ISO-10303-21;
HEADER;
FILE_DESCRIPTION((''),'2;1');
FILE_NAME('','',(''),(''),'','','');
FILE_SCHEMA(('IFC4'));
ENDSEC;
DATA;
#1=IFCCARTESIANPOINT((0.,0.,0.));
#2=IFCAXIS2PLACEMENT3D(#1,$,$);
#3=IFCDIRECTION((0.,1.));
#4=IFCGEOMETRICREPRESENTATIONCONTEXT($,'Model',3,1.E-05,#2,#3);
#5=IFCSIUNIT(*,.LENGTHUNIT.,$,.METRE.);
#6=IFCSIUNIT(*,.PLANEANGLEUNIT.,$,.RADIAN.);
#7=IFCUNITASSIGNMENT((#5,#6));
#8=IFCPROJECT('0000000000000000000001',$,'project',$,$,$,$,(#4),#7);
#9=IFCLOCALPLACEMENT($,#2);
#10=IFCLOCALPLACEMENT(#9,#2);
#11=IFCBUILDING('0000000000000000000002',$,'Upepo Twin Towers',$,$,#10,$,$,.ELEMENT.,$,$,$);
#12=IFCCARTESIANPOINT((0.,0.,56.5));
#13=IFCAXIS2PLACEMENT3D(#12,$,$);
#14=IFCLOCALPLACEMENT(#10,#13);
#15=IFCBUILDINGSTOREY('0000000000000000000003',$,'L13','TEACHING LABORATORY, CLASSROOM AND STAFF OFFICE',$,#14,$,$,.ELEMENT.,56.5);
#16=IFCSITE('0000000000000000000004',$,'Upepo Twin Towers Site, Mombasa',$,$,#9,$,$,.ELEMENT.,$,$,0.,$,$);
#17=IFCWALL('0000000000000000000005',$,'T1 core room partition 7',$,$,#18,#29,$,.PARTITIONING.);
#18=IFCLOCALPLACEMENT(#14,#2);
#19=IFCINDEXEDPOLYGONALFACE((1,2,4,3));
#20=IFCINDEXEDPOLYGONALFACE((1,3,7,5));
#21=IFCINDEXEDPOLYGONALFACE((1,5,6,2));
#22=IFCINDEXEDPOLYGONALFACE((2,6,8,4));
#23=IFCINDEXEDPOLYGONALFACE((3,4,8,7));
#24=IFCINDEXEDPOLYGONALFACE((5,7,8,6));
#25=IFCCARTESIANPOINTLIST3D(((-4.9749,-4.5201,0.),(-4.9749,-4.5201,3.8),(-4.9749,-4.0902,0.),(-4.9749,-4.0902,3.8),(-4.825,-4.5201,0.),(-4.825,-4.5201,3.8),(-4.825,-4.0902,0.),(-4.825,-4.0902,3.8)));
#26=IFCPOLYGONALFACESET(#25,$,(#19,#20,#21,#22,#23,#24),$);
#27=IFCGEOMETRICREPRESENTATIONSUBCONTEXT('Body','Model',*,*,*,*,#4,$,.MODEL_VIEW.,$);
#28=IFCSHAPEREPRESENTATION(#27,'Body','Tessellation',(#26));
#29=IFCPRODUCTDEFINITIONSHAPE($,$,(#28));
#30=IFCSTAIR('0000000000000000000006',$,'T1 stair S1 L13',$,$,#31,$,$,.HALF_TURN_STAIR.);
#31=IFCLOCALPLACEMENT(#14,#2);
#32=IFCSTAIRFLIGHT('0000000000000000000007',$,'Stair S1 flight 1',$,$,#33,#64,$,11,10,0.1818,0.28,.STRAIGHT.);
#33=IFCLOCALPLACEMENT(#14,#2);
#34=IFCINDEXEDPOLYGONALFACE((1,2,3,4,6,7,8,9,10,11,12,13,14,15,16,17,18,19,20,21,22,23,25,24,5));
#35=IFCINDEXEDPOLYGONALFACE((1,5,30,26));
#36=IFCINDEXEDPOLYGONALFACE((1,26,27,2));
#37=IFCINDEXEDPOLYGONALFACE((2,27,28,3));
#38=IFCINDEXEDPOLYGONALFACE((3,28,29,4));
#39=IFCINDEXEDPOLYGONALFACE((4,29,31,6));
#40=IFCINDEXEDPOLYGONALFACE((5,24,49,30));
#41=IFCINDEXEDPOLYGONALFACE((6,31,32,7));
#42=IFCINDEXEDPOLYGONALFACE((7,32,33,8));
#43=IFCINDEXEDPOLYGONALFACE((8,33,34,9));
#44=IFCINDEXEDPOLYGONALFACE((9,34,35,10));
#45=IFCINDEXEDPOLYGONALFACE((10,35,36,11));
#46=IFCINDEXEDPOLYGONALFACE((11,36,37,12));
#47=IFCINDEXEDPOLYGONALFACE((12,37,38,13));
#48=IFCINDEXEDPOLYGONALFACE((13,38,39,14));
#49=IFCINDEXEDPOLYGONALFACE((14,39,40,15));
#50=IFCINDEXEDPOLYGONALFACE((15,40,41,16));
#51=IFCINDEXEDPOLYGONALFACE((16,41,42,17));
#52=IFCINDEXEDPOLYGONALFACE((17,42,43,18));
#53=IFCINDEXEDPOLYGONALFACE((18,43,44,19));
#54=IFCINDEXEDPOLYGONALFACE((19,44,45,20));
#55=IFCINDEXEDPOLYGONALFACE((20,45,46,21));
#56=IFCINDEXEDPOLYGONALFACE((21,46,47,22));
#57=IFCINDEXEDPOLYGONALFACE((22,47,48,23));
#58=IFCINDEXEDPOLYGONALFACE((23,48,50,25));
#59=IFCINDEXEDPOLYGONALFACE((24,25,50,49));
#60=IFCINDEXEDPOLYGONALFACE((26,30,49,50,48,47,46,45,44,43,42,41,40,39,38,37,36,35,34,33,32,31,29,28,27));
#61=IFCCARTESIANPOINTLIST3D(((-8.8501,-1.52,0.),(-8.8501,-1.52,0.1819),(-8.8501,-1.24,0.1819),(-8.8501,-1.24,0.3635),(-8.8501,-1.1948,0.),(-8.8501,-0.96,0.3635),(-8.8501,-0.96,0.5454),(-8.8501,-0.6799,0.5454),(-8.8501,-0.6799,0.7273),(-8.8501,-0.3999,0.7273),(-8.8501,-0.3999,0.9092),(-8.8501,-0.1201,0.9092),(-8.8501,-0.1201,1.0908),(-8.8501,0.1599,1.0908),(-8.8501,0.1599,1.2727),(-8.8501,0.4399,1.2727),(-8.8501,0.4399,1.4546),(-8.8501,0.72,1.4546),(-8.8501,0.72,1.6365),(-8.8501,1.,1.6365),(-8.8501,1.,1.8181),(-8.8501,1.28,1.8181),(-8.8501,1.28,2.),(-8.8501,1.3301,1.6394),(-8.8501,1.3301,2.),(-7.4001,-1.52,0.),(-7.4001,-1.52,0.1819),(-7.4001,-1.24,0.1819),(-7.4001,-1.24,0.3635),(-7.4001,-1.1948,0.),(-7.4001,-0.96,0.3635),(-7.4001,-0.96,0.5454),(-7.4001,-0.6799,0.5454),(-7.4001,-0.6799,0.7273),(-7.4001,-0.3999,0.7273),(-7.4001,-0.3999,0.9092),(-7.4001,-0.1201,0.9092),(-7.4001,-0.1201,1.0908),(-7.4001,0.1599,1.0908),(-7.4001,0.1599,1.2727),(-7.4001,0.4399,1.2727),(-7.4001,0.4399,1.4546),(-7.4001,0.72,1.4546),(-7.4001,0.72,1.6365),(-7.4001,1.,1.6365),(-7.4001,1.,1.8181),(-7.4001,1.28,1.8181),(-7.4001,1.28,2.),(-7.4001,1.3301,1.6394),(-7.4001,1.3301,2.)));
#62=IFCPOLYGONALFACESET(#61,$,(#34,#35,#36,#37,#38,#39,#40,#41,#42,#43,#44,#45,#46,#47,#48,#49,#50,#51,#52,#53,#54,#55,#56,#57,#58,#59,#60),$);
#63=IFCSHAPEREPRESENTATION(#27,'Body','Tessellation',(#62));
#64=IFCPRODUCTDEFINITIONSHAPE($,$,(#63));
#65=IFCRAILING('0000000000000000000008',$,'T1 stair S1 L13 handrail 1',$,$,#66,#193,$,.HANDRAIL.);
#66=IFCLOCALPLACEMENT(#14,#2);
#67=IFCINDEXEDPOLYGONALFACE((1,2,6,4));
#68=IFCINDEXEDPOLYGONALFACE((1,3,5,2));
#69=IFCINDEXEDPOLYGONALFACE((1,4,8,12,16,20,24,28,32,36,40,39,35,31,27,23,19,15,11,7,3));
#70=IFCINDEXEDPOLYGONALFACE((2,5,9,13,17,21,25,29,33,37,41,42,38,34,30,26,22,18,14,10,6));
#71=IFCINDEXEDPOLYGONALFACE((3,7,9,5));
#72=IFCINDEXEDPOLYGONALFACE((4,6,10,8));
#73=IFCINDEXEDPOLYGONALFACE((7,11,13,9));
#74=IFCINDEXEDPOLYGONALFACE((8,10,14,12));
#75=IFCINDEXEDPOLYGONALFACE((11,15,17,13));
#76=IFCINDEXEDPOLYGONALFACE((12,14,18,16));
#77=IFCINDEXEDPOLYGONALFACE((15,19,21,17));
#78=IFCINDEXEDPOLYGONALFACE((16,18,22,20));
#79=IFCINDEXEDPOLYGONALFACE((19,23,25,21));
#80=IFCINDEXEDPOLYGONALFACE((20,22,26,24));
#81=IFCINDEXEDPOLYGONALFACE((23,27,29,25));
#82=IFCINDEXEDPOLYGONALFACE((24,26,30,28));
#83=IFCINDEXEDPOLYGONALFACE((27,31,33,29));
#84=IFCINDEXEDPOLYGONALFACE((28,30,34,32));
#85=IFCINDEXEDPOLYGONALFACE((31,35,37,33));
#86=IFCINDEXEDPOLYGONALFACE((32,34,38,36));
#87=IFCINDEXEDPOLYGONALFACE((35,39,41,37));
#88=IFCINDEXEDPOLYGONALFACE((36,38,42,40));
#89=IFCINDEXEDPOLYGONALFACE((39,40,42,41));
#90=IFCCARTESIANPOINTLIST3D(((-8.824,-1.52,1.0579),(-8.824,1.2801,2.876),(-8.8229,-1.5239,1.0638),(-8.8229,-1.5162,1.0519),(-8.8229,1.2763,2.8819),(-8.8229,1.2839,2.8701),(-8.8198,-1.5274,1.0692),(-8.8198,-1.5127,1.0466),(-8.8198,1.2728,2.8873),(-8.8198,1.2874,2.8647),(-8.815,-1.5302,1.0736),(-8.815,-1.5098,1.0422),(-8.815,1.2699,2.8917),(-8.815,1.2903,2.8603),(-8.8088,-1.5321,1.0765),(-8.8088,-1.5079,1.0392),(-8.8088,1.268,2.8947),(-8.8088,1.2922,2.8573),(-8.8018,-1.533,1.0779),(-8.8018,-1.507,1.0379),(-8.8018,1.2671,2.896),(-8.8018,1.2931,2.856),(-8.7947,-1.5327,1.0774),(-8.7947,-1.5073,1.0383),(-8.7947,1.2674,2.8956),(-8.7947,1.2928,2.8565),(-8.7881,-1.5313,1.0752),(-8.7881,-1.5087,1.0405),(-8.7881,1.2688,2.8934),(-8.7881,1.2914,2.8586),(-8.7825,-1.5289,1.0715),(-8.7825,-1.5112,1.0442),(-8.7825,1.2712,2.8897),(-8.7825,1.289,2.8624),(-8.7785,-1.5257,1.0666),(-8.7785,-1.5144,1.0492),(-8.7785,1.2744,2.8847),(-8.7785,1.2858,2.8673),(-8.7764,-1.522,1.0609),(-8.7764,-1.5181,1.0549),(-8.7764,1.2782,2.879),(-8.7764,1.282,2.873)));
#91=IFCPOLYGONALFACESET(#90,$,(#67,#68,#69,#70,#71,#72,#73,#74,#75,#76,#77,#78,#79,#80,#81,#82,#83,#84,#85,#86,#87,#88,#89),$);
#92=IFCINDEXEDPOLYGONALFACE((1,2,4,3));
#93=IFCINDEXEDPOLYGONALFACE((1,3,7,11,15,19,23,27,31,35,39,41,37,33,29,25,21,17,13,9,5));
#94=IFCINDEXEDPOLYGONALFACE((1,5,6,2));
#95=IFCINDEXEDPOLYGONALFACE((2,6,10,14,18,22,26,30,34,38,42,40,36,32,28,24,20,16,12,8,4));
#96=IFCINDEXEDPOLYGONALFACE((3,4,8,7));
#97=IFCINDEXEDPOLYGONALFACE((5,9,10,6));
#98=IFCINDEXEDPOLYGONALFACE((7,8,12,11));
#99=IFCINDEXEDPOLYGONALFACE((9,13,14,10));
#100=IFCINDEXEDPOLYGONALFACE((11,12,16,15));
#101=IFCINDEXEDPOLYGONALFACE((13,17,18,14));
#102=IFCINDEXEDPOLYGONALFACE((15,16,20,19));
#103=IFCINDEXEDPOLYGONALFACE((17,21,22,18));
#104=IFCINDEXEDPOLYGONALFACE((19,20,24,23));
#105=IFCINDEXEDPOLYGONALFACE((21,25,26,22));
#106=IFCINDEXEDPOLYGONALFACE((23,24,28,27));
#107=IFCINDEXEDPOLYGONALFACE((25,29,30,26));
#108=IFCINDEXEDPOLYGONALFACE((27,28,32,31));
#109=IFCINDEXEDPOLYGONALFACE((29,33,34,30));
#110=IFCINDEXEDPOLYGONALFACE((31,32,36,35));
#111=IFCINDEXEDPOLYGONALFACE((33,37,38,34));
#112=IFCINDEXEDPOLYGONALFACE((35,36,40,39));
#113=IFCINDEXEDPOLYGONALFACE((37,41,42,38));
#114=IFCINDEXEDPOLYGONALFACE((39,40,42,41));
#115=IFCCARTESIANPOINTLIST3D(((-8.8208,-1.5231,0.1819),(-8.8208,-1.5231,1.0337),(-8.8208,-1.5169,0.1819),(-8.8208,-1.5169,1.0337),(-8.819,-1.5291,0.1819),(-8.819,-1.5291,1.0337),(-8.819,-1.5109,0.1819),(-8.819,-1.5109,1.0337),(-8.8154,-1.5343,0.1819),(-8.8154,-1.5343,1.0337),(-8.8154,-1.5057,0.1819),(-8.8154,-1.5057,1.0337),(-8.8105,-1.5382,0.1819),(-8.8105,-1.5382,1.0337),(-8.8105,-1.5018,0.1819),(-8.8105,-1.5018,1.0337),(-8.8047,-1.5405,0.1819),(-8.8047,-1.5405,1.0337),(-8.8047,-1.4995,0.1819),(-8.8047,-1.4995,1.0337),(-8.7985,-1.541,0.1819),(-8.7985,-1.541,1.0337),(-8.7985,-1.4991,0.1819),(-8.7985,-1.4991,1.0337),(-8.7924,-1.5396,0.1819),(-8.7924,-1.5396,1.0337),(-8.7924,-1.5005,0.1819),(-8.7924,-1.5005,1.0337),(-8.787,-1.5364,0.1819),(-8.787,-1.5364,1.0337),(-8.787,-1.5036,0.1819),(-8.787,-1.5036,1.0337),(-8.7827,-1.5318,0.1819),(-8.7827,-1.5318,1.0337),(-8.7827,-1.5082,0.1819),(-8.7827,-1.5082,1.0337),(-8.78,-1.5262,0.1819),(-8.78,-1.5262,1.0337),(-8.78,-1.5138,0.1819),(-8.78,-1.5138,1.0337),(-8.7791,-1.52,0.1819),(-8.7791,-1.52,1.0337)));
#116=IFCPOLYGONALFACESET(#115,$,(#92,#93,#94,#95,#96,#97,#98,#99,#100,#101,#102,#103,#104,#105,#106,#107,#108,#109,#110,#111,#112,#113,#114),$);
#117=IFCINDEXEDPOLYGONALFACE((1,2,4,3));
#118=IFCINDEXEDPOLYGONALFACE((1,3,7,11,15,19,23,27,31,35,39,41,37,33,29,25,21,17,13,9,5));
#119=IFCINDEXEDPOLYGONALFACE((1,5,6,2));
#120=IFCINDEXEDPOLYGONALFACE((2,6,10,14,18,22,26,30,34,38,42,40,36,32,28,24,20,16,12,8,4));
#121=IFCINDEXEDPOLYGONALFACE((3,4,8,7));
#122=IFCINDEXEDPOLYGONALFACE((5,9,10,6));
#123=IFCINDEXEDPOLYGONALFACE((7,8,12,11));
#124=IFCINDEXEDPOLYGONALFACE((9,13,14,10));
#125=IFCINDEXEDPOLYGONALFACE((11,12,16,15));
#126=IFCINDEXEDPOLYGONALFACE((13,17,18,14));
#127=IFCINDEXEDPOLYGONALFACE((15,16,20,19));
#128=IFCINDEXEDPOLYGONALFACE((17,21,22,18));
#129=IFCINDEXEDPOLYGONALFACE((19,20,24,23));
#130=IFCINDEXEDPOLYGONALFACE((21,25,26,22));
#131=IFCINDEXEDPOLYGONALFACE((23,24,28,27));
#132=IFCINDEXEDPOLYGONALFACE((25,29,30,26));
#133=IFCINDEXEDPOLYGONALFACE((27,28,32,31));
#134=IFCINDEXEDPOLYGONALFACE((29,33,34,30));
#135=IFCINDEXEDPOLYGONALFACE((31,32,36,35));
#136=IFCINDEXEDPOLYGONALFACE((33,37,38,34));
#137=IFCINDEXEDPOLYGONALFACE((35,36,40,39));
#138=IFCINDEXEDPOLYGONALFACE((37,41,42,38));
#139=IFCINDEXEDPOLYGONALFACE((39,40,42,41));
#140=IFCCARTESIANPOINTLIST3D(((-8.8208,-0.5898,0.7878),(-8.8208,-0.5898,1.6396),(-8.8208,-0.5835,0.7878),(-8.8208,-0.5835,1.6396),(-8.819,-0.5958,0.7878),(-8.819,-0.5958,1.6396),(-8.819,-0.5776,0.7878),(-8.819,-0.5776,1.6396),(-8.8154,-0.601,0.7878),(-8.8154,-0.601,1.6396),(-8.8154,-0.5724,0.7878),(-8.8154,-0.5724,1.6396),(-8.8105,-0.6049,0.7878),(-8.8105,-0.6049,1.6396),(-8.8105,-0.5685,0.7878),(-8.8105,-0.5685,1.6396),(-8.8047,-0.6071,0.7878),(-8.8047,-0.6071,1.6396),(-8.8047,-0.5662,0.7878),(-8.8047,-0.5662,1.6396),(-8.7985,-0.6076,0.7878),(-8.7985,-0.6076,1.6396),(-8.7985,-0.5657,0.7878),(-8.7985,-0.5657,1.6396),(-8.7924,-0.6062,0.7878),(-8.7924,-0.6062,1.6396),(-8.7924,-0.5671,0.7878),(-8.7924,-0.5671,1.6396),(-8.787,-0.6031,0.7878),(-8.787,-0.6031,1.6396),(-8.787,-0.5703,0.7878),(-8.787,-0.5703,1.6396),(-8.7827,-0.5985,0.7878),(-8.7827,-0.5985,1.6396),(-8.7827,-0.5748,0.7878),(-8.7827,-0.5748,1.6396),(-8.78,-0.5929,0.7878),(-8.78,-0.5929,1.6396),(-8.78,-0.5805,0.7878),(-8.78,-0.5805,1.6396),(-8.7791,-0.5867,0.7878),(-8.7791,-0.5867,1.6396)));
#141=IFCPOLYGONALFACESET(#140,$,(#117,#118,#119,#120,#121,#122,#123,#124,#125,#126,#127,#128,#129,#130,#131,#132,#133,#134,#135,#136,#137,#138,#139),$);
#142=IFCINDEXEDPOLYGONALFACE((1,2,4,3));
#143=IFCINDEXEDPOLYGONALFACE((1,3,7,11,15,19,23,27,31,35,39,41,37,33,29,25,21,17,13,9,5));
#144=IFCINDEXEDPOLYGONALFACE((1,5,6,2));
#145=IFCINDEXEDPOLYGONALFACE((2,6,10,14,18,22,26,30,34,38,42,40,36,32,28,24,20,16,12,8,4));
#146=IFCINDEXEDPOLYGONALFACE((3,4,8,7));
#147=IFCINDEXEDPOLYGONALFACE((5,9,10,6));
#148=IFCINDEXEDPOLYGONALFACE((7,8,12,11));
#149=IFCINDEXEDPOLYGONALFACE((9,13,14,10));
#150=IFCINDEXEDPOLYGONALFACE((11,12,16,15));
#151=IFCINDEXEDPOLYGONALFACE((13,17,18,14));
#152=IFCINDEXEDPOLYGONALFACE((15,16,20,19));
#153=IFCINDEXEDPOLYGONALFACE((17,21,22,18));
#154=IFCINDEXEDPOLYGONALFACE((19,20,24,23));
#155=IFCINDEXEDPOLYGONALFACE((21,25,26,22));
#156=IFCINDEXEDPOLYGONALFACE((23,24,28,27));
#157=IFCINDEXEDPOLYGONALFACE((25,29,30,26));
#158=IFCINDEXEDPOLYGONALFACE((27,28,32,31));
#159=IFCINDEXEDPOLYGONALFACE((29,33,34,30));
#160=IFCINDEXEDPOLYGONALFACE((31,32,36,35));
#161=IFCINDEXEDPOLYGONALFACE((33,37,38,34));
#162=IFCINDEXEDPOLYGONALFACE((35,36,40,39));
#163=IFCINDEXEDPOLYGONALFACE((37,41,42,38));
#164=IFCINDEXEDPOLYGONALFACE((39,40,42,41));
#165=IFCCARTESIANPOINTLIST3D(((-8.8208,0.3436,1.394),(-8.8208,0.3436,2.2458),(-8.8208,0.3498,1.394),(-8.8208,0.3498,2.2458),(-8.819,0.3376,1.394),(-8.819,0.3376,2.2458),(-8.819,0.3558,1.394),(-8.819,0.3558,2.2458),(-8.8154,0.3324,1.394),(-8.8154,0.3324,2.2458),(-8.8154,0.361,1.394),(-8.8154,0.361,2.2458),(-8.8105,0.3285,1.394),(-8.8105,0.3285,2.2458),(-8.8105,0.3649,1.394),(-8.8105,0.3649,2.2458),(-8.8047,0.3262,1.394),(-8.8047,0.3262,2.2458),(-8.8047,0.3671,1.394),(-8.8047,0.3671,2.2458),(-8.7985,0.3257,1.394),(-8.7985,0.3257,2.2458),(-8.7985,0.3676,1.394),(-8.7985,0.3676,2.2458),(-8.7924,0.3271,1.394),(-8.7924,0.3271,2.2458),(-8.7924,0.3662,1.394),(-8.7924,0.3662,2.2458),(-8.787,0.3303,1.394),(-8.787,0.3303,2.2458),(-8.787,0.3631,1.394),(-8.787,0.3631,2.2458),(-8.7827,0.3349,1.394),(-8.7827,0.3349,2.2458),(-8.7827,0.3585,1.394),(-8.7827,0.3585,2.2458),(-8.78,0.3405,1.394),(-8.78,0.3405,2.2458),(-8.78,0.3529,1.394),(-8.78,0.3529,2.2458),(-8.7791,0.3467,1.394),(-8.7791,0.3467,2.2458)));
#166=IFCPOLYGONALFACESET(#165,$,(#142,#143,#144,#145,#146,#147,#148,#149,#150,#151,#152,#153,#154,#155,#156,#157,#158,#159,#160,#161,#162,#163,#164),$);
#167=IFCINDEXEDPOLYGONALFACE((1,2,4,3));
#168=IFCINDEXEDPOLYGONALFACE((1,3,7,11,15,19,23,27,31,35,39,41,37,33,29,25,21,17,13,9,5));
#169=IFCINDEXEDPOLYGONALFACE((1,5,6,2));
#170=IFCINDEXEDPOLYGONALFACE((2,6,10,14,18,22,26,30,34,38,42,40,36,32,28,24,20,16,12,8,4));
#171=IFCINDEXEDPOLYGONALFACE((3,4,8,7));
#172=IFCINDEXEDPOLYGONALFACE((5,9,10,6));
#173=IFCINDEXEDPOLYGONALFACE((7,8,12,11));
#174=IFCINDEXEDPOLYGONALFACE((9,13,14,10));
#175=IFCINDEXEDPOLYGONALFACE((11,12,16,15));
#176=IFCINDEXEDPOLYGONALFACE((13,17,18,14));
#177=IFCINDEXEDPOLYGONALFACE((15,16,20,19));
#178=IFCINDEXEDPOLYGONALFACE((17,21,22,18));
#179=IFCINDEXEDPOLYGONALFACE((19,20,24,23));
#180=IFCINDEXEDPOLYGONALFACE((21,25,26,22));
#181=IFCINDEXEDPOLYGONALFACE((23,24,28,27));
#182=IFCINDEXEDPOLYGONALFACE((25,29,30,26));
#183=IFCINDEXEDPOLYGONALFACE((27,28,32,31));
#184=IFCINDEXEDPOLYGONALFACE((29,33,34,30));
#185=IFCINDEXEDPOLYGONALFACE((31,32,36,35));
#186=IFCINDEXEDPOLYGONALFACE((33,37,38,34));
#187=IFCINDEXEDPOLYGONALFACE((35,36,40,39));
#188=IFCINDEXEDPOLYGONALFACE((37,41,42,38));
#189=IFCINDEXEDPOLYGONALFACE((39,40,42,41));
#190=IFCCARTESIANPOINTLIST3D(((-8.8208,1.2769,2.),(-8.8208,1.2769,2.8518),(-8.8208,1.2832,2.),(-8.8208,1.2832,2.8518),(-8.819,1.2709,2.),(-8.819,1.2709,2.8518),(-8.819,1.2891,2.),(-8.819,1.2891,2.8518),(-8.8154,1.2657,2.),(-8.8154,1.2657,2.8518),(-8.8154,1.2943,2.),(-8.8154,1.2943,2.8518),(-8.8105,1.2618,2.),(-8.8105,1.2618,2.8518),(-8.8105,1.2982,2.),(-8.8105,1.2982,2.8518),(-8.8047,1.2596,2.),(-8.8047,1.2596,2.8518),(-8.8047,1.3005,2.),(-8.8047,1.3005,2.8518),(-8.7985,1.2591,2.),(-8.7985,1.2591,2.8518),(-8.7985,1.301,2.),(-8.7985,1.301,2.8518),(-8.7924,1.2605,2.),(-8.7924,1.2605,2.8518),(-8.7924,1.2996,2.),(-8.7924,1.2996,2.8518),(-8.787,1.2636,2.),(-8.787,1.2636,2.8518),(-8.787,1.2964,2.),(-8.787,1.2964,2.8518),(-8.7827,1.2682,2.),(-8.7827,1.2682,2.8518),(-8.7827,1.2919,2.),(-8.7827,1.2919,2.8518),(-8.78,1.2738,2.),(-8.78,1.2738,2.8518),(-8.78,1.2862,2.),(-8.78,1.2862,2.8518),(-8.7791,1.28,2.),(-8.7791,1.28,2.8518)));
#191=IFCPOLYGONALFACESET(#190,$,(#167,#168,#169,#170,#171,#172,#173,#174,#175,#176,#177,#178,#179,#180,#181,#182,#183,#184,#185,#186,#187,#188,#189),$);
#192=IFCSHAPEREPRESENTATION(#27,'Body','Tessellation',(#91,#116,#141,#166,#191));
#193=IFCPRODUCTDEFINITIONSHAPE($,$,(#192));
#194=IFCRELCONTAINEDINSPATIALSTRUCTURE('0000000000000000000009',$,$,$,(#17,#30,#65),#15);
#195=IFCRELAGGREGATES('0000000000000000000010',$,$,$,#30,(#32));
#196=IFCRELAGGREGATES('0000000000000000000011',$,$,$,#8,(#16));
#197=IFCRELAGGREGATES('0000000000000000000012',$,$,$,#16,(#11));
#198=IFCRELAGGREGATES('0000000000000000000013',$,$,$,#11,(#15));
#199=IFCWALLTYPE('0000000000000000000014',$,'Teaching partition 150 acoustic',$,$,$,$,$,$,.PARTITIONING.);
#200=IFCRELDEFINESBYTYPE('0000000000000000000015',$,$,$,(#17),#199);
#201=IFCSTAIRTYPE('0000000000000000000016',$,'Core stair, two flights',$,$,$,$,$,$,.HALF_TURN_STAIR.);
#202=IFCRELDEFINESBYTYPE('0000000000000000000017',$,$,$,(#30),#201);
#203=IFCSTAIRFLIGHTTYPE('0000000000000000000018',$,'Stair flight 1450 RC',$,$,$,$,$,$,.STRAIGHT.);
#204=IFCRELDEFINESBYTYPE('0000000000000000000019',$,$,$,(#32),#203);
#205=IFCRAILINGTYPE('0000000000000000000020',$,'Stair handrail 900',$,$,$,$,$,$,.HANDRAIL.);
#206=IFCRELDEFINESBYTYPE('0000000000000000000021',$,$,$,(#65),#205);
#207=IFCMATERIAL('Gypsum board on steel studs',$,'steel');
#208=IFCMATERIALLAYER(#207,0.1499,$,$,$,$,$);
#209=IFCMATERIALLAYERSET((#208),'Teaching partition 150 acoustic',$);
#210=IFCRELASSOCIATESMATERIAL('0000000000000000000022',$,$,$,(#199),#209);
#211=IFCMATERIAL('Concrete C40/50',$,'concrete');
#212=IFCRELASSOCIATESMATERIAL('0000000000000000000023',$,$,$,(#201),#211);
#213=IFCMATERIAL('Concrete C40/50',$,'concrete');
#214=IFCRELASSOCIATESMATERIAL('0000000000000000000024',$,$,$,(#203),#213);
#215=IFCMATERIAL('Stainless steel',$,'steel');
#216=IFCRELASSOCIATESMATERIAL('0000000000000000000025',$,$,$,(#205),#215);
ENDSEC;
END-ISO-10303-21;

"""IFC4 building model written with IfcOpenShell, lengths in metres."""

from ifc_helpers import new_model, si_unit, direction, frame, frame_2d, origin, origin_2d, place, context, subcontext, project, spatial, polyline, rectangle, circle, outline, extrude, material, layer, layer_set, type_object, element, aggregate, save


model = new_model("IFC4")

# Units and contexts
model_context = context("Model", 3, precision=1e-05, world=origin(), true_north=direction((0.0, 1.0)))
body_context = subcontext(model_context, "Body", "Model", "MODEL_VIEW")
ifc_project = project(units=[si_unit("LENGTHUNIT", "METRE"), si_unit("PLANEANGLEUNIT", "RADIAN")], contexts=[model_context])

# Site, building, storey
site_placement = place(None, origin())
site = spatial("IfcSite", under=ifc_project, at=site_placement, Name="Upepo Twin Towers Site, Mombasa", CompositionType="ELEMENT", RefElevation=0.0)
building_placement = place(site_placement, origin())
building = spatial("IfcBuilding", under=site, at=building_placement, Name="Upepo Twin Towers", CompositionType="ELEMENT")
storey_placement = place(building_placement, frame((0.0, 0.0, 56.5)))
storey = spatial("IfcBuildingStorey", under=building, at=storey_placement, Name="L13", Description="TEACHING LABORATORY, CLASSROOM AND STAFF OFFICE", CompositionType="ELEMENT", Elevation=56.5)

# Shared definitions
ifc_material_1 = material(Name="Gypsum board on steel studs", Category="steel")
ifc_layer_1 = layer(ifc_material_1, 0.1499)
ifc_layer_set_1 = layer_set([ifc_layer_1], Name="Teaching partition 150 acoustic")
wall_type_1 = type_object("IfcWallType", Name="Teaching partition 150 acoustic", PredefinedType="PARTITIONING", material=ifc_layer_set_1)

# Wall
wall_1_placement = place(storey_placement, frame((-4.8999, -4.52, 0.0), z_axis=(0.0, 0.0, 1.0), x_axis=(0.0, 1.0, 0.0)))
element("IfcWall", 1, at=wall_1_placement, inside=storey, type_object=wall_type_1, Name="T1 core room partition 7", PredefinedType="PARTITIONING", context=body_context, shape_type="SweptSolid", body=[
    extrude(rectangle(XDim=0.4299, YDim=0.1499, at=frame_2d((0.2148, 0.0))), origin(), (0.0, 0.0, 1.0), 3.8),
])

# Stair, stair flight
ifc_material_2 = material(Name="Concrete C40/50", Category="concrete")
stair_type = type_object("IfcStairType", Name="Core stair, two flights", PredefinedType="HALF_TURN_STAIR", material=ifc_material_2)
stair_placement = place(storey_placement, origin())
stair = element("IfcStair", 2, at=stair_placement, inside=storey, type_object=stair_type, Name="T1 stair S1 L13", PredefinedType="HALF_TURN_STAIR")
ifc_material_3 = material(Name="Concrete C40/50", Category="concrete")
stair_flight_type = type_object("IfcStairFlightType", Name="Stair flight 1450 RC", PredefinedType="STRAIGHT", material=ifc_material_3)
stair_flight_placement = place(storey_placement, frame((-8.125, -1.52, 0.0), z_axis=(0.0, 0.0, 1.0), x_axis=(0.0, 1.0, 0.0)))
stair_flight = element("IfcStairFlight", 3, at=stair_flight_placement, type_object=stair_flight_type, Name="Stair S1 flight 1", NumberOfRisers=11, NumberOfTreads=10, PredefinedType="STRAIGHT", RiserHeight=0.1818, TreadLength=0.28, context=body_context, shape_type="SweptSolid", body=[
    extrude(outline(polyline([(0.0, 0.0), (0.0, 0.1819), (0.28, 0.1819), (0.28, 0.3635), (0.5601, 0.3635), (0.5601, 0.5454), (0.8401, 0.5454), (0.8401, 0.7273), (1.1201, 0.7273), (1.1201, 0.9092), (1.3999, 0.9092), (1.3999, 1.0908), (1.6799, 1.0908), (1.6799, 1.2727), (1.96, 1.2727), (1.96, 1.4546), (2.24, 1.4546), (2.24, 1.6365), (2.52, 1.6365), (2.52, 1.8181), (2.8, 1.8181), (2.8, 2.0), (2.8501, 2.0), (2.8501, 1.6394), (0.3252, 0.0), (0.0, 0.0)])), frame((0.0, 0.7251, 0.0), z_axis=(0.0, -1.0, 0.0), x_axis=(1.0, 0.0, 0.0)), (0.0, 0.0, 1.0), 1.45),
])
aggregate(stair, [stair_flight])

# Railing
ifc_material_4 = material(Name="Stainless steel", Category="steel")
railing_type = type_object("IfcRailingType", Name="Stair handrail 900", PredefinedType="HANDRAIL", material=ifc_material_4)
railing_placement = place(storey_placement, frame((-8.8, -1.52, 0.1819)))
element("IfcRailing", 4, at=railing_placement, inside=storey, type_object=railing_type, Name="T1 stair S1 L13 handrail 1", PredefinedType="HANDRAIL", context=body_context, shape_type="SweptSolid", body=[
    extrude(circle(Radius=0.0239, at=origin_2d()), frame((0.0, 0.0, 0.876), z_axis=(0.0, 0.838706, 0.544585), x_axis=(-1.0, 0.0, 0.0)), (0.0, 0.0, 1.0), 3.3386),
    extrude(circle(Radius=0.021, at=origin_2d()), origin(), (0.0, 0.0, 1.0), 0.8518),
    extrude(circle(Radius=0.021, at=origin_2d()), frame((0.0, 0.9333, 0.606)), (0.0, 0.0, 1.0), 0.8518),
    extrude(circle(Radius=0.021, at=origin_2d()), frame((0.0, 1.8667, 1.2122)), (0.0, 0.0, 1.0), 0.8518),
    extrude(circle(Radius=0.021, at=origin_2d()), frame((0.0, 2.8, 1.8181)), (0.0, 0.0, 1.0), 0.8518),
])

save(model, "model.ifc")
